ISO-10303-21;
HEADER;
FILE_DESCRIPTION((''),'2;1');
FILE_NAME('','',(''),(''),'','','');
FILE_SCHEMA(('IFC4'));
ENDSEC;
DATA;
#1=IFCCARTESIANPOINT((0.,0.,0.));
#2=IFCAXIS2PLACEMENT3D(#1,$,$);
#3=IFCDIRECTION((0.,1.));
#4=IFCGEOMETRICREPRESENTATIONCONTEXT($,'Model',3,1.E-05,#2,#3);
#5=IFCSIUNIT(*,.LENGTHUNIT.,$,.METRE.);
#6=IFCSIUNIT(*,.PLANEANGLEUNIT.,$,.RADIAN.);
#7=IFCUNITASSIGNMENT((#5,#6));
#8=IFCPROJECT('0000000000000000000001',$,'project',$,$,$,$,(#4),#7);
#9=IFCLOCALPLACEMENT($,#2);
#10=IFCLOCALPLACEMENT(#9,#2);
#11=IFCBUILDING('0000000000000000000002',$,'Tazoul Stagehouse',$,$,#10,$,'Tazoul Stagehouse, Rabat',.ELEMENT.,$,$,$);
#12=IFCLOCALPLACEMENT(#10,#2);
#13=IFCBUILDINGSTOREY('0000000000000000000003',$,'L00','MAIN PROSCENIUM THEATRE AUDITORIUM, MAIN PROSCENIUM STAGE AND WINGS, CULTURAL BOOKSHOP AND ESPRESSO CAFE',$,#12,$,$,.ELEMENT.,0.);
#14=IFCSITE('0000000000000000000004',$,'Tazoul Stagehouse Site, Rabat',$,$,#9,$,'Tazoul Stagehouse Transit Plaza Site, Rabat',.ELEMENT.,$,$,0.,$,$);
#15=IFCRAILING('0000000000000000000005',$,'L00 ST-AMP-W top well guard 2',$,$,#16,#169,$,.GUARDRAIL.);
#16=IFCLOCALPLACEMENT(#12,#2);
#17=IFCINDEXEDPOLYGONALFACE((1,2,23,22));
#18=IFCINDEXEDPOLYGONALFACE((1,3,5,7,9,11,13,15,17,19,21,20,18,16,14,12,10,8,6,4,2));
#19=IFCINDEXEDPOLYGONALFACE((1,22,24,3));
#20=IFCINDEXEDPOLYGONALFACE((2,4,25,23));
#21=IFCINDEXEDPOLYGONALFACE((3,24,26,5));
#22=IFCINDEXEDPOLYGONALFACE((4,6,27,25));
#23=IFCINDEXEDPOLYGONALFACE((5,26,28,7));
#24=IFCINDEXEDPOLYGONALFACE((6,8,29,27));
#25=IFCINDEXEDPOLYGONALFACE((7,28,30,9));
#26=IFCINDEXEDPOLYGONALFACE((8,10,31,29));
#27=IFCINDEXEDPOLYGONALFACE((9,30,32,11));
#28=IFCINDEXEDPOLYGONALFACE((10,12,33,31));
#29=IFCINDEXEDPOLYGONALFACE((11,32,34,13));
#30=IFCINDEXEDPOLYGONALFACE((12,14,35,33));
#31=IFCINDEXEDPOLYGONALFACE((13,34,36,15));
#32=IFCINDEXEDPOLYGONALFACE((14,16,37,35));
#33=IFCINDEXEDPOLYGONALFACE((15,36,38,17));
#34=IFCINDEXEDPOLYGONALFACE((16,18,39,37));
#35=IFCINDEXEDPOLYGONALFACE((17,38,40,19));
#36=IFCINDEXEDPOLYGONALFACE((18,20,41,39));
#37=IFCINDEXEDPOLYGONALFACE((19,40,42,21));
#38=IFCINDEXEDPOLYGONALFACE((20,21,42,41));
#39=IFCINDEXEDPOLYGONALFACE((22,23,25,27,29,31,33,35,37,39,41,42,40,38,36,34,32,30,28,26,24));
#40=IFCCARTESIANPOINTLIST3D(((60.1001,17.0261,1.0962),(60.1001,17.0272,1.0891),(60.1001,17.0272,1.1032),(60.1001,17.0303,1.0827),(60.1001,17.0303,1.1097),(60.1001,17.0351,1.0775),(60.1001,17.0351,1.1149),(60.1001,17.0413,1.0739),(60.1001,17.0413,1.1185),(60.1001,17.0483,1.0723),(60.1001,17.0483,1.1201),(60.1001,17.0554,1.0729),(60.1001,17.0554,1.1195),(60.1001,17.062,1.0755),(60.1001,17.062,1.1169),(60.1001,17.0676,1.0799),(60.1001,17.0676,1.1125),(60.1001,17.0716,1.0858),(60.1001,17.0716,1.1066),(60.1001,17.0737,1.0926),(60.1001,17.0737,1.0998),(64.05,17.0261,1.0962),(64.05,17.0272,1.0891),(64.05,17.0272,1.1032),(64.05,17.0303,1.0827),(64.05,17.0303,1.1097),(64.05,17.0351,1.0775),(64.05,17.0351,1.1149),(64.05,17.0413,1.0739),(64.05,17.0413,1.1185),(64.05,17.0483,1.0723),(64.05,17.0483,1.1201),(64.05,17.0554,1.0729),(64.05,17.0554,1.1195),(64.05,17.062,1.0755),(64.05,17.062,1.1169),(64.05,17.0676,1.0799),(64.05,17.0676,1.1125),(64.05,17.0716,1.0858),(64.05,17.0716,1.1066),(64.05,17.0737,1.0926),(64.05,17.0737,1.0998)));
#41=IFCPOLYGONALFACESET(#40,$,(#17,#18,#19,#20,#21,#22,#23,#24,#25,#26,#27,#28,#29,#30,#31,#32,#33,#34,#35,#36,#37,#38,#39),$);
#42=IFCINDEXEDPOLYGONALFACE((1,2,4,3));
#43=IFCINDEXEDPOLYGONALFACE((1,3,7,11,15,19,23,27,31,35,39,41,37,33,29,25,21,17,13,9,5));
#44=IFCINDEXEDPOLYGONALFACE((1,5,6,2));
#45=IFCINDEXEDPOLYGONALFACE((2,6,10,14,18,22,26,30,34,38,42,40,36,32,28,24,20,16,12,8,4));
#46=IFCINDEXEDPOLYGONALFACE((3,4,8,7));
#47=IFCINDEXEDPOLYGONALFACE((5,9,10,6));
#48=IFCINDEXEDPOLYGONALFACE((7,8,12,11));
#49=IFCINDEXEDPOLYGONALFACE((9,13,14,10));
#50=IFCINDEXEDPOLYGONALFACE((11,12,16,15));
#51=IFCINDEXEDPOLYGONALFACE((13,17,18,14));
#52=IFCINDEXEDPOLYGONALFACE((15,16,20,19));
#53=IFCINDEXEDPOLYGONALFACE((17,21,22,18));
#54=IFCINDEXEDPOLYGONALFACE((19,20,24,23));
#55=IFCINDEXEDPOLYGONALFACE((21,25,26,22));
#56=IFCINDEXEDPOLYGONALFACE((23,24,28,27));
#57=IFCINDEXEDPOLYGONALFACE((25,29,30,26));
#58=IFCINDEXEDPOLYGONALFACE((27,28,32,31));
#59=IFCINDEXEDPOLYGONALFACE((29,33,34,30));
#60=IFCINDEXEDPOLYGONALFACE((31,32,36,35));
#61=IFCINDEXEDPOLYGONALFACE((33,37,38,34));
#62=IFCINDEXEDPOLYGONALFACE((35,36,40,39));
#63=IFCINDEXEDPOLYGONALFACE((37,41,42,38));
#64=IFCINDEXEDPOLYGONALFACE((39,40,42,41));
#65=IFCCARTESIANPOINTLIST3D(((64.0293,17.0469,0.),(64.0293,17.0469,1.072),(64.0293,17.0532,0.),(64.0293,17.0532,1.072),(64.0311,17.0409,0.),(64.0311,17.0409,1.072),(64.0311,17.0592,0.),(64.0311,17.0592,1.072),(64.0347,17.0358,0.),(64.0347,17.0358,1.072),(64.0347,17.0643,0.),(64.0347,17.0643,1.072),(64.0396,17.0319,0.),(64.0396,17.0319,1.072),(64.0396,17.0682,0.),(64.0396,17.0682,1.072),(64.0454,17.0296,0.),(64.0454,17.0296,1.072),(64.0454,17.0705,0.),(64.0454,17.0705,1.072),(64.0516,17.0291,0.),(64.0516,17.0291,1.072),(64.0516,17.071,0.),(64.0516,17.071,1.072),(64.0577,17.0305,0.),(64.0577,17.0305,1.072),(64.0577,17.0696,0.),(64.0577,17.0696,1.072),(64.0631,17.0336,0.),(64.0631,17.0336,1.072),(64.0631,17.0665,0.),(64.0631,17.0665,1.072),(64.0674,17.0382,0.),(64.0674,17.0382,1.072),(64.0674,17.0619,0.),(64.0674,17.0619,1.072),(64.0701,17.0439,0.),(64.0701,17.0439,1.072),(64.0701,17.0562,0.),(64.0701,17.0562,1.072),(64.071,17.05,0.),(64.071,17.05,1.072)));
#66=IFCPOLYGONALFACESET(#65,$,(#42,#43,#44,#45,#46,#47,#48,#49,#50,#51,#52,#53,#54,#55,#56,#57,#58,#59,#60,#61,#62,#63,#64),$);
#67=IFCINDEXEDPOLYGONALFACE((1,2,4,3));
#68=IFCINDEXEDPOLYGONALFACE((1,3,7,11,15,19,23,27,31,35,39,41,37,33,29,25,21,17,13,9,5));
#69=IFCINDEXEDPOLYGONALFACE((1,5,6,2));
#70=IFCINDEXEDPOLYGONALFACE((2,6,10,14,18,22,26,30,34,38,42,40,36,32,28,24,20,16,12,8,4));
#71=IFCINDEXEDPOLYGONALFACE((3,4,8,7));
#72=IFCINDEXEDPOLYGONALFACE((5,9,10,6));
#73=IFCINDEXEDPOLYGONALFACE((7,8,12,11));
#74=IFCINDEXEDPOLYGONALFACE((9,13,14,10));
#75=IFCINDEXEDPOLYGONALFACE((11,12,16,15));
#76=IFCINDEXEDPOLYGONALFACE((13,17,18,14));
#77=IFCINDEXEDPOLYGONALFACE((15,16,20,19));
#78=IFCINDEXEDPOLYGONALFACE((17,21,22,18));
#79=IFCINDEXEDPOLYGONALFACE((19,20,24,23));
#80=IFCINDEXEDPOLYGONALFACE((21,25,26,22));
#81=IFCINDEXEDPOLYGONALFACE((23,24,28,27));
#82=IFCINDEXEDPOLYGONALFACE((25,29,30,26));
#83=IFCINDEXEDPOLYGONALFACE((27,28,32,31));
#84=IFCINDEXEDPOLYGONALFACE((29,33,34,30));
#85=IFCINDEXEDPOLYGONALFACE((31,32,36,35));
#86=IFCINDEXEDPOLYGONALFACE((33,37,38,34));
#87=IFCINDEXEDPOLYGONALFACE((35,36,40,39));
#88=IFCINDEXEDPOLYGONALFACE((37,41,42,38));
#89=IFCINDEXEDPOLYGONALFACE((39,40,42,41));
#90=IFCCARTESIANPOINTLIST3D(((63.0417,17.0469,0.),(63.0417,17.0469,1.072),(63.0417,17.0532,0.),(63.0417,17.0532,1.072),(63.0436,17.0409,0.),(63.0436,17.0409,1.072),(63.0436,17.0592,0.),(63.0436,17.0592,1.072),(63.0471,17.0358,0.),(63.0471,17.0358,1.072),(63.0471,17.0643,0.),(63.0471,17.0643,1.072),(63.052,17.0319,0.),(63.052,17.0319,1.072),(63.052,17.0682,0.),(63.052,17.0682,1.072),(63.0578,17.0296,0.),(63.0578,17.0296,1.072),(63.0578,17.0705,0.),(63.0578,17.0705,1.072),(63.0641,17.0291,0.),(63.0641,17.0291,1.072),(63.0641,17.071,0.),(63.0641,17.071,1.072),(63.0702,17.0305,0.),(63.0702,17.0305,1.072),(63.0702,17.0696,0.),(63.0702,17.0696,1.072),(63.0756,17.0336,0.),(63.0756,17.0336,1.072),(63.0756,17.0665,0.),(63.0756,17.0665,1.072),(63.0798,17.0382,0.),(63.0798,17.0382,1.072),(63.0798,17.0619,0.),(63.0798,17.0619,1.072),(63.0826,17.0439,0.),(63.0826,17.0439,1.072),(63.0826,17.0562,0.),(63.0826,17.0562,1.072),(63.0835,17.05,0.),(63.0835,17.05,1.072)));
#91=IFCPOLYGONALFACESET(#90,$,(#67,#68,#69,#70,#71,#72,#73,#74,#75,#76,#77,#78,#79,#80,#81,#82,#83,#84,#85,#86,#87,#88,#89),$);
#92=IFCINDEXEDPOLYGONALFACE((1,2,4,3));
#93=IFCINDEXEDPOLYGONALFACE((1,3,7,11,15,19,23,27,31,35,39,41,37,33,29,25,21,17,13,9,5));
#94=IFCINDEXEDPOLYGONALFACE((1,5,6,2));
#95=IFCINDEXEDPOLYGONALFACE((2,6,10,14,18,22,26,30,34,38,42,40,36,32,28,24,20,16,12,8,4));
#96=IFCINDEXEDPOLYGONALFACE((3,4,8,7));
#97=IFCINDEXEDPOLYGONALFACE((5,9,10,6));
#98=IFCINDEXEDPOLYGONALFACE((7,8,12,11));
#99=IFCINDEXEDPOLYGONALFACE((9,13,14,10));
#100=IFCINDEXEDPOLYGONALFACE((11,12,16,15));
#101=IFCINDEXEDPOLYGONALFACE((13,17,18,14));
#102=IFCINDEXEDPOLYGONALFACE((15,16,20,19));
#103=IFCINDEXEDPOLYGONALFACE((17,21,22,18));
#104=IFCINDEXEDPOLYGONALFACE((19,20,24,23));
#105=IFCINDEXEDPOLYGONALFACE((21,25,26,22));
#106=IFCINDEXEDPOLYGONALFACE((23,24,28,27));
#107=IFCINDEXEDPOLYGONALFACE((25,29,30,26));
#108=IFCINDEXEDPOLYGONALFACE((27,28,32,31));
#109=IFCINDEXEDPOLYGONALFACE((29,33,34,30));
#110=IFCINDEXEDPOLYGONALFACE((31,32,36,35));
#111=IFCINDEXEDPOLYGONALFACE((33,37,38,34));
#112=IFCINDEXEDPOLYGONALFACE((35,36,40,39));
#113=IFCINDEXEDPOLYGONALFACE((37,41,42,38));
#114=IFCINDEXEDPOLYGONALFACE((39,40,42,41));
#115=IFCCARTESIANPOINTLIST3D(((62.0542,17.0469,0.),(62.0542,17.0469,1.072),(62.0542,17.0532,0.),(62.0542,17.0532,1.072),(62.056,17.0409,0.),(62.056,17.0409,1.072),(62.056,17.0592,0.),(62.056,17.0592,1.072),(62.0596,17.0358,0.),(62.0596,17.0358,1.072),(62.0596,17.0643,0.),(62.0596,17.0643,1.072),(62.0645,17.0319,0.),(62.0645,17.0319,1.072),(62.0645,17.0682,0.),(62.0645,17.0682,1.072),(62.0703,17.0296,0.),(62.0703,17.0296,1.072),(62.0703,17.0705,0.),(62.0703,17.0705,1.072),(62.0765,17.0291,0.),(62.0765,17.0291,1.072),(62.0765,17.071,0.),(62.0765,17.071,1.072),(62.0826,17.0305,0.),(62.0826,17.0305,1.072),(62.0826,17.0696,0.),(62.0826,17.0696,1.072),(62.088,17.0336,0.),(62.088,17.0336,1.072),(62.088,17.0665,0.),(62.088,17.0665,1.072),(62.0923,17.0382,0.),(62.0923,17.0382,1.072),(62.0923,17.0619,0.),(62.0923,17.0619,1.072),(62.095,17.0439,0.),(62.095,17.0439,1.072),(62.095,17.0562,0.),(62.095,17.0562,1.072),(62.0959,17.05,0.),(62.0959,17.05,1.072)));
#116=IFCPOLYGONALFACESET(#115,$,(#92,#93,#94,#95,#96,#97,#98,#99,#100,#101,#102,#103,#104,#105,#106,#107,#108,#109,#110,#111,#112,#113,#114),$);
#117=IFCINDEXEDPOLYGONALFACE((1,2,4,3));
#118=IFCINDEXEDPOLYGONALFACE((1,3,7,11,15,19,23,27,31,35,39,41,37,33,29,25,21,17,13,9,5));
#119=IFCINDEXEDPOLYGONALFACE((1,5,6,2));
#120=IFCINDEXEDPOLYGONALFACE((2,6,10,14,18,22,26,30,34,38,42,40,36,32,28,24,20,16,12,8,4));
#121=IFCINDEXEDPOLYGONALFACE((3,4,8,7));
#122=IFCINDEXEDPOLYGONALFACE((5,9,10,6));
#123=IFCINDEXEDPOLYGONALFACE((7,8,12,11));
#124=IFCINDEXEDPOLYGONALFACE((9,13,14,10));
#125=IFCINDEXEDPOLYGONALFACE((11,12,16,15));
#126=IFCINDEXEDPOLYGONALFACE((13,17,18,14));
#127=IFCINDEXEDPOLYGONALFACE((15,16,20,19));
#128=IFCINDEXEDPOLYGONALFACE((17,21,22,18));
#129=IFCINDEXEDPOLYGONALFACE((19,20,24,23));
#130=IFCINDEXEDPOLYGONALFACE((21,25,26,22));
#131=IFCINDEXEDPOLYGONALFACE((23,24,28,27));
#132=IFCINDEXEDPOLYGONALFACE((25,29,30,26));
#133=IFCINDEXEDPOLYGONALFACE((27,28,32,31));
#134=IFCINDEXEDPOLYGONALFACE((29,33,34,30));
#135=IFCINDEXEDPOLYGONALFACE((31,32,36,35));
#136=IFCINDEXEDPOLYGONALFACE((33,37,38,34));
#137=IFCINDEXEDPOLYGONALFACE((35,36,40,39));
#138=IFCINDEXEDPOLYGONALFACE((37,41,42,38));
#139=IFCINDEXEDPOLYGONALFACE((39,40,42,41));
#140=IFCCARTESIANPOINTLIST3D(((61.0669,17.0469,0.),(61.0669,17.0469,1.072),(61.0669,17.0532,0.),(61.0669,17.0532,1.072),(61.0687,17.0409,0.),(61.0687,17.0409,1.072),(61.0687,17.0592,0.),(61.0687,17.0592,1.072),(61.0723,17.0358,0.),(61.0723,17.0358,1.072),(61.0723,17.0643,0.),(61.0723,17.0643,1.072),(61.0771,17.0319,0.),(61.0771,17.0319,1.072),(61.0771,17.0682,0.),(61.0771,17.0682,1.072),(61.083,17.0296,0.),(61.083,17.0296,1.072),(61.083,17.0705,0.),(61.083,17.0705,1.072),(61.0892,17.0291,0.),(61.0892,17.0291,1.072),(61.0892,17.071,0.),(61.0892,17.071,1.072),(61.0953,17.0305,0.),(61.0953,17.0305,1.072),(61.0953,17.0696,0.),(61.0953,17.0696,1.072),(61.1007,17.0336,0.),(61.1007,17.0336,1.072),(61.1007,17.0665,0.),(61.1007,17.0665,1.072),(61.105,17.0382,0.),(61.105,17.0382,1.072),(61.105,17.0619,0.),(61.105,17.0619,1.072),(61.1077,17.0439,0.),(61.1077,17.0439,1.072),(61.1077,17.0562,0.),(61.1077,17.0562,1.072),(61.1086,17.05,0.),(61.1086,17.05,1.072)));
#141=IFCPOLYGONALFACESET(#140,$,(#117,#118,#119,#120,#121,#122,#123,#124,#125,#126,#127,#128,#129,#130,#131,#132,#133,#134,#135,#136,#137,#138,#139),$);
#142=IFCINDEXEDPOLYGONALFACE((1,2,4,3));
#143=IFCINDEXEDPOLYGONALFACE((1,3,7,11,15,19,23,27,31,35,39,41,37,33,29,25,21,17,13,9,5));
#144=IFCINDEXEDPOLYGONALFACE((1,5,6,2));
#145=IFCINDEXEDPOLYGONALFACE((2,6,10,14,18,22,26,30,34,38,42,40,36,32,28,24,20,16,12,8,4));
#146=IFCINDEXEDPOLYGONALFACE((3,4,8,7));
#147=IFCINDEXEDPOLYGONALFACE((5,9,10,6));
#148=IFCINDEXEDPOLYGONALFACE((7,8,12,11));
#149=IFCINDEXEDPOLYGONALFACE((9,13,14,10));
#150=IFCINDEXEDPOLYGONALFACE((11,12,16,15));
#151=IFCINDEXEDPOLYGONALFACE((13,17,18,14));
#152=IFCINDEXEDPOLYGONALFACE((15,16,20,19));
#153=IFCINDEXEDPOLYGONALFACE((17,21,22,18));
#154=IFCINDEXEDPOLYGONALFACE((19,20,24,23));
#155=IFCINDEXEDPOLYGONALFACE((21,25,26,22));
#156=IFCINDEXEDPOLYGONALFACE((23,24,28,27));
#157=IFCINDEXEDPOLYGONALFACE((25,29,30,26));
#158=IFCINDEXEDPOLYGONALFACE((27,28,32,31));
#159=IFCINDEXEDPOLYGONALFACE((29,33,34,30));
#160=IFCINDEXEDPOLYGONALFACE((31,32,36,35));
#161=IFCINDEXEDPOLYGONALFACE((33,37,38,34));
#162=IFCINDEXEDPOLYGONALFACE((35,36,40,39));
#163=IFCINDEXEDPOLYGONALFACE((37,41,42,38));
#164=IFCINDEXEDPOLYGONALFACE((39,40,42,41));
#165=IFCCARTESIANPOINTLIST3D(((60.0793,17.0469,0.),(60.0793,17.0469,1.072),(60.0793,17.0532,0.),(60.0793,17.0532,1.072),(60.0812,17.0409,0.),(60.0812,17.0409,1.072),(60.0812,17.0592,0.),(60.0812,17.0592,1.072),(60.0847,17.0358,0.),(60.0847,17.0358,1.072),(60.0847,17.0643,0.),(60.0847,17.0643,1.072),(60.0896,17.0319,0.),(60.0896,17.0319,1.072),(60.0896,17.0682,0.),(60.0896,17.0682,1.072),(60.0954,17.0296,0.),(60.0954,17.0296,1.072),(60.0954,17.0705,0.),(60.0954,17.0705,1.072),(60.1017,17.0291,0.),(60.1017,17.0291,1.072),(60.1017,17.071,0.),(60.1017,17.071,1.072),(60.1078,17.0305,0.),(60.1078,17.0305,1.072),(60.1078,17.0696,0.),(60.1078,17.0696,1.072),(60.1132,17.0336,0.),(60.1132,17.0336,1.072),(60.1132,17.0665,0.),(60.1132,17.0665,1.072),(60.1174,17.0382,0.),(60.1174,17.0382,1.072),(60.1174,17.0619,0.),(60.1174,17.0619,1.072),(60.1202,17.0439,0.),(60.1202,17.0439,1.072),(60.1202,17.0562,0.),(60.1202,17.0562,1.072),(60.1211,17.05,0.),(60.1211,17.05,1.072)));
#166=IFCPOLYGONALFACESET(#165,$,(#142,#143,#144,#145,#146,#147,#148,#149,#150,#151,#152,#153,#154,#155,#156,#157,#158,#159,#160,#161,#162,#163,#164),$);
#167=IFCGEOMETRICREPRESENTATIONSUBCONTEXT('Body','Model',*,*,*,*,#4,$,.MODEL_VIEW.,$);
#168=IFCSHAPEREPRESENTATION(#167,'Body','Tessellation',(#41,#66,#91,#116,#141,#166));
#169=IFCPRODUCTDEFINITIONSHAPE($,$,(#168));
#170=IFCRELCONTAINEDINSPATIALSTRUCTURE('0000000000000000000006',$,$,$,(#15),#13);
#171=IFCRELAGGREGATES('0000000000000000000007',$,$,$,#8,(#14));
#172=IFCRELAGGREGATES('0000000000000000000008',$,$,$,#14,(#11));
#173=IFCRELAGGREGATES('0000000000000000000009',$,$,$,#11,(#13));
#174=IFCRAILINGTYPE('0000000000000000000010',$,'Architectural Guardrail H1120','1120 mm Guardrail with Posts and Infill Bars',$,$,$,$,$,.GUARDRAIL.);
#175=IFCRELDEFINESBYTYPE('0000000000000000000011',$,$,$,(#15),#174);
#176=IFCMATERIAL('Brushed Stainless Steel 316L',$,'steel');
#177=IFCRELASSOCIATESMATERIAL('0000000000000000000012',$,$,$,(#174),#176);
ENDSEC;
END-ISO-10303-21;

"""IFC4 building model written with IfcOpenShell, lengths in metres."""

from ifc_helpers import new_model, si_unit, direction, frame, origin, origin_2d, place, context, subcontext, project, spatial, circle, extrude, material, material_profile, profile_set, type_object, element, save


model = new_model("IFC4")

# Units and contexts
model_context = context("Model", 3, precision=1e-05, world=origin(), true_north=direction((0.0, 1.0)))
body_context = subcontext(model_context, "Body", "Model", "MODEL_VIEW")
ifc_project = project(units=[si_unit("LENGTHUNIT", "METRE"), si_unit("PLANEANGLEUNIT", "RADIAN")], contexts=[model_context])

# Site, building, storey
site_placement = place(None, origin())
site = spatial("IfcSite", under=ifc_project, at=site_placement, Name="Tazoul Stagehouse Site, Rabat", LongName="Tazoul Stagehouse Transit Plaza Site, Rabat", CompositionType="ELEMENT", RefElevation=0.0)
building_placement = place(site_placement, origin())
building = spatial("IfcBuilding", under=site, at=building_placement, Name="Tazoul Stagehouse", LongName="Tazoul Stagehouse, Rabat", CompositionType="ELEMENT")
storey_placement = place(building_placement, origin())
storey = spatial("IfcBuildingStorey", under=building, at=storey_placement, Name="L00", Description="MAIN PROSCENIUM THEATRE AUDITORIUM, MAIN PROSCENIUM STAGE AND WINGS, CULTURAL BOOKSHOP AND ESPRESSO CAFE", CompositionType="ELEMENT", Elevation=0.0)

# Railing
ifc_material_1 = material(Name="Brushed Stainless Steel 316L", Category="steel")
ifc_material_profile_1 = material_profile(ifc_material_1, circle(Radius=0.0239, at=origin_2d()), Name="SS RAIL D48")
ifc_profile_set_1 = profile_set([ifc_material_profile_1], Name="Brushed Stainless Steel 316L")
railing_type_1 = type_object("IfcRailingType", Name="Architectural Guardrail H1120", Description="1120 mm Guardrail with Posts and Infill Bars", PredefinedType="GUARDRAIL", material=ifc_profile_set_1)
railing_1_placement = place(storey_placement, frame((64.05, 17.05, 0.0)))
element("IfcRailing", 1, at=railing_1_placement, inside=storey, type_object=railing_type_1, Name="L00 ST-AMP-W top well guard 2", PredefinedType="GUARDRAIL", context=body_context, shape_type="SweptSolid", body=[
    extrude(circle(Radius=0.0239, at=origin_2d()), frame((0.0, 0.0, 1.0962), z_axis=(-1.0, 0.0, 0.0), x_axis=(0.0, -1.0, 0.0)), (0.0, 0.0, 1.0), 3.95),
    extrude(circle(Radius=0.021, at=origin_2d()), origin(), (0.0, 0.0, 1.0), 1.072),
    extrude(circle(Radius=0.021, at=origin_2d()), frame((-0.9875, 0.0, 0.0)), (0.0, 0.0, 1.0), 1.072),
    extrude(circle(Radius=0.021, at=origin_2d()), frame((-1.9751, 0.0, 0.0)), (0.0, 0.0, 1.0), 1.072),
    extrude(circle(Radius=0.021, at=origin_2d()), frame((-2.9624, 0.0, 0.0)), (0.0, 0.0, 1.0), 1.072),
    extrude(circle(Radius=0.021, at=origin_2d()), frame((-3.95, 0.0, 0.0)), (0.0, 0.0, 1.0), 1.072),
])

save(model, "model.ifc")
